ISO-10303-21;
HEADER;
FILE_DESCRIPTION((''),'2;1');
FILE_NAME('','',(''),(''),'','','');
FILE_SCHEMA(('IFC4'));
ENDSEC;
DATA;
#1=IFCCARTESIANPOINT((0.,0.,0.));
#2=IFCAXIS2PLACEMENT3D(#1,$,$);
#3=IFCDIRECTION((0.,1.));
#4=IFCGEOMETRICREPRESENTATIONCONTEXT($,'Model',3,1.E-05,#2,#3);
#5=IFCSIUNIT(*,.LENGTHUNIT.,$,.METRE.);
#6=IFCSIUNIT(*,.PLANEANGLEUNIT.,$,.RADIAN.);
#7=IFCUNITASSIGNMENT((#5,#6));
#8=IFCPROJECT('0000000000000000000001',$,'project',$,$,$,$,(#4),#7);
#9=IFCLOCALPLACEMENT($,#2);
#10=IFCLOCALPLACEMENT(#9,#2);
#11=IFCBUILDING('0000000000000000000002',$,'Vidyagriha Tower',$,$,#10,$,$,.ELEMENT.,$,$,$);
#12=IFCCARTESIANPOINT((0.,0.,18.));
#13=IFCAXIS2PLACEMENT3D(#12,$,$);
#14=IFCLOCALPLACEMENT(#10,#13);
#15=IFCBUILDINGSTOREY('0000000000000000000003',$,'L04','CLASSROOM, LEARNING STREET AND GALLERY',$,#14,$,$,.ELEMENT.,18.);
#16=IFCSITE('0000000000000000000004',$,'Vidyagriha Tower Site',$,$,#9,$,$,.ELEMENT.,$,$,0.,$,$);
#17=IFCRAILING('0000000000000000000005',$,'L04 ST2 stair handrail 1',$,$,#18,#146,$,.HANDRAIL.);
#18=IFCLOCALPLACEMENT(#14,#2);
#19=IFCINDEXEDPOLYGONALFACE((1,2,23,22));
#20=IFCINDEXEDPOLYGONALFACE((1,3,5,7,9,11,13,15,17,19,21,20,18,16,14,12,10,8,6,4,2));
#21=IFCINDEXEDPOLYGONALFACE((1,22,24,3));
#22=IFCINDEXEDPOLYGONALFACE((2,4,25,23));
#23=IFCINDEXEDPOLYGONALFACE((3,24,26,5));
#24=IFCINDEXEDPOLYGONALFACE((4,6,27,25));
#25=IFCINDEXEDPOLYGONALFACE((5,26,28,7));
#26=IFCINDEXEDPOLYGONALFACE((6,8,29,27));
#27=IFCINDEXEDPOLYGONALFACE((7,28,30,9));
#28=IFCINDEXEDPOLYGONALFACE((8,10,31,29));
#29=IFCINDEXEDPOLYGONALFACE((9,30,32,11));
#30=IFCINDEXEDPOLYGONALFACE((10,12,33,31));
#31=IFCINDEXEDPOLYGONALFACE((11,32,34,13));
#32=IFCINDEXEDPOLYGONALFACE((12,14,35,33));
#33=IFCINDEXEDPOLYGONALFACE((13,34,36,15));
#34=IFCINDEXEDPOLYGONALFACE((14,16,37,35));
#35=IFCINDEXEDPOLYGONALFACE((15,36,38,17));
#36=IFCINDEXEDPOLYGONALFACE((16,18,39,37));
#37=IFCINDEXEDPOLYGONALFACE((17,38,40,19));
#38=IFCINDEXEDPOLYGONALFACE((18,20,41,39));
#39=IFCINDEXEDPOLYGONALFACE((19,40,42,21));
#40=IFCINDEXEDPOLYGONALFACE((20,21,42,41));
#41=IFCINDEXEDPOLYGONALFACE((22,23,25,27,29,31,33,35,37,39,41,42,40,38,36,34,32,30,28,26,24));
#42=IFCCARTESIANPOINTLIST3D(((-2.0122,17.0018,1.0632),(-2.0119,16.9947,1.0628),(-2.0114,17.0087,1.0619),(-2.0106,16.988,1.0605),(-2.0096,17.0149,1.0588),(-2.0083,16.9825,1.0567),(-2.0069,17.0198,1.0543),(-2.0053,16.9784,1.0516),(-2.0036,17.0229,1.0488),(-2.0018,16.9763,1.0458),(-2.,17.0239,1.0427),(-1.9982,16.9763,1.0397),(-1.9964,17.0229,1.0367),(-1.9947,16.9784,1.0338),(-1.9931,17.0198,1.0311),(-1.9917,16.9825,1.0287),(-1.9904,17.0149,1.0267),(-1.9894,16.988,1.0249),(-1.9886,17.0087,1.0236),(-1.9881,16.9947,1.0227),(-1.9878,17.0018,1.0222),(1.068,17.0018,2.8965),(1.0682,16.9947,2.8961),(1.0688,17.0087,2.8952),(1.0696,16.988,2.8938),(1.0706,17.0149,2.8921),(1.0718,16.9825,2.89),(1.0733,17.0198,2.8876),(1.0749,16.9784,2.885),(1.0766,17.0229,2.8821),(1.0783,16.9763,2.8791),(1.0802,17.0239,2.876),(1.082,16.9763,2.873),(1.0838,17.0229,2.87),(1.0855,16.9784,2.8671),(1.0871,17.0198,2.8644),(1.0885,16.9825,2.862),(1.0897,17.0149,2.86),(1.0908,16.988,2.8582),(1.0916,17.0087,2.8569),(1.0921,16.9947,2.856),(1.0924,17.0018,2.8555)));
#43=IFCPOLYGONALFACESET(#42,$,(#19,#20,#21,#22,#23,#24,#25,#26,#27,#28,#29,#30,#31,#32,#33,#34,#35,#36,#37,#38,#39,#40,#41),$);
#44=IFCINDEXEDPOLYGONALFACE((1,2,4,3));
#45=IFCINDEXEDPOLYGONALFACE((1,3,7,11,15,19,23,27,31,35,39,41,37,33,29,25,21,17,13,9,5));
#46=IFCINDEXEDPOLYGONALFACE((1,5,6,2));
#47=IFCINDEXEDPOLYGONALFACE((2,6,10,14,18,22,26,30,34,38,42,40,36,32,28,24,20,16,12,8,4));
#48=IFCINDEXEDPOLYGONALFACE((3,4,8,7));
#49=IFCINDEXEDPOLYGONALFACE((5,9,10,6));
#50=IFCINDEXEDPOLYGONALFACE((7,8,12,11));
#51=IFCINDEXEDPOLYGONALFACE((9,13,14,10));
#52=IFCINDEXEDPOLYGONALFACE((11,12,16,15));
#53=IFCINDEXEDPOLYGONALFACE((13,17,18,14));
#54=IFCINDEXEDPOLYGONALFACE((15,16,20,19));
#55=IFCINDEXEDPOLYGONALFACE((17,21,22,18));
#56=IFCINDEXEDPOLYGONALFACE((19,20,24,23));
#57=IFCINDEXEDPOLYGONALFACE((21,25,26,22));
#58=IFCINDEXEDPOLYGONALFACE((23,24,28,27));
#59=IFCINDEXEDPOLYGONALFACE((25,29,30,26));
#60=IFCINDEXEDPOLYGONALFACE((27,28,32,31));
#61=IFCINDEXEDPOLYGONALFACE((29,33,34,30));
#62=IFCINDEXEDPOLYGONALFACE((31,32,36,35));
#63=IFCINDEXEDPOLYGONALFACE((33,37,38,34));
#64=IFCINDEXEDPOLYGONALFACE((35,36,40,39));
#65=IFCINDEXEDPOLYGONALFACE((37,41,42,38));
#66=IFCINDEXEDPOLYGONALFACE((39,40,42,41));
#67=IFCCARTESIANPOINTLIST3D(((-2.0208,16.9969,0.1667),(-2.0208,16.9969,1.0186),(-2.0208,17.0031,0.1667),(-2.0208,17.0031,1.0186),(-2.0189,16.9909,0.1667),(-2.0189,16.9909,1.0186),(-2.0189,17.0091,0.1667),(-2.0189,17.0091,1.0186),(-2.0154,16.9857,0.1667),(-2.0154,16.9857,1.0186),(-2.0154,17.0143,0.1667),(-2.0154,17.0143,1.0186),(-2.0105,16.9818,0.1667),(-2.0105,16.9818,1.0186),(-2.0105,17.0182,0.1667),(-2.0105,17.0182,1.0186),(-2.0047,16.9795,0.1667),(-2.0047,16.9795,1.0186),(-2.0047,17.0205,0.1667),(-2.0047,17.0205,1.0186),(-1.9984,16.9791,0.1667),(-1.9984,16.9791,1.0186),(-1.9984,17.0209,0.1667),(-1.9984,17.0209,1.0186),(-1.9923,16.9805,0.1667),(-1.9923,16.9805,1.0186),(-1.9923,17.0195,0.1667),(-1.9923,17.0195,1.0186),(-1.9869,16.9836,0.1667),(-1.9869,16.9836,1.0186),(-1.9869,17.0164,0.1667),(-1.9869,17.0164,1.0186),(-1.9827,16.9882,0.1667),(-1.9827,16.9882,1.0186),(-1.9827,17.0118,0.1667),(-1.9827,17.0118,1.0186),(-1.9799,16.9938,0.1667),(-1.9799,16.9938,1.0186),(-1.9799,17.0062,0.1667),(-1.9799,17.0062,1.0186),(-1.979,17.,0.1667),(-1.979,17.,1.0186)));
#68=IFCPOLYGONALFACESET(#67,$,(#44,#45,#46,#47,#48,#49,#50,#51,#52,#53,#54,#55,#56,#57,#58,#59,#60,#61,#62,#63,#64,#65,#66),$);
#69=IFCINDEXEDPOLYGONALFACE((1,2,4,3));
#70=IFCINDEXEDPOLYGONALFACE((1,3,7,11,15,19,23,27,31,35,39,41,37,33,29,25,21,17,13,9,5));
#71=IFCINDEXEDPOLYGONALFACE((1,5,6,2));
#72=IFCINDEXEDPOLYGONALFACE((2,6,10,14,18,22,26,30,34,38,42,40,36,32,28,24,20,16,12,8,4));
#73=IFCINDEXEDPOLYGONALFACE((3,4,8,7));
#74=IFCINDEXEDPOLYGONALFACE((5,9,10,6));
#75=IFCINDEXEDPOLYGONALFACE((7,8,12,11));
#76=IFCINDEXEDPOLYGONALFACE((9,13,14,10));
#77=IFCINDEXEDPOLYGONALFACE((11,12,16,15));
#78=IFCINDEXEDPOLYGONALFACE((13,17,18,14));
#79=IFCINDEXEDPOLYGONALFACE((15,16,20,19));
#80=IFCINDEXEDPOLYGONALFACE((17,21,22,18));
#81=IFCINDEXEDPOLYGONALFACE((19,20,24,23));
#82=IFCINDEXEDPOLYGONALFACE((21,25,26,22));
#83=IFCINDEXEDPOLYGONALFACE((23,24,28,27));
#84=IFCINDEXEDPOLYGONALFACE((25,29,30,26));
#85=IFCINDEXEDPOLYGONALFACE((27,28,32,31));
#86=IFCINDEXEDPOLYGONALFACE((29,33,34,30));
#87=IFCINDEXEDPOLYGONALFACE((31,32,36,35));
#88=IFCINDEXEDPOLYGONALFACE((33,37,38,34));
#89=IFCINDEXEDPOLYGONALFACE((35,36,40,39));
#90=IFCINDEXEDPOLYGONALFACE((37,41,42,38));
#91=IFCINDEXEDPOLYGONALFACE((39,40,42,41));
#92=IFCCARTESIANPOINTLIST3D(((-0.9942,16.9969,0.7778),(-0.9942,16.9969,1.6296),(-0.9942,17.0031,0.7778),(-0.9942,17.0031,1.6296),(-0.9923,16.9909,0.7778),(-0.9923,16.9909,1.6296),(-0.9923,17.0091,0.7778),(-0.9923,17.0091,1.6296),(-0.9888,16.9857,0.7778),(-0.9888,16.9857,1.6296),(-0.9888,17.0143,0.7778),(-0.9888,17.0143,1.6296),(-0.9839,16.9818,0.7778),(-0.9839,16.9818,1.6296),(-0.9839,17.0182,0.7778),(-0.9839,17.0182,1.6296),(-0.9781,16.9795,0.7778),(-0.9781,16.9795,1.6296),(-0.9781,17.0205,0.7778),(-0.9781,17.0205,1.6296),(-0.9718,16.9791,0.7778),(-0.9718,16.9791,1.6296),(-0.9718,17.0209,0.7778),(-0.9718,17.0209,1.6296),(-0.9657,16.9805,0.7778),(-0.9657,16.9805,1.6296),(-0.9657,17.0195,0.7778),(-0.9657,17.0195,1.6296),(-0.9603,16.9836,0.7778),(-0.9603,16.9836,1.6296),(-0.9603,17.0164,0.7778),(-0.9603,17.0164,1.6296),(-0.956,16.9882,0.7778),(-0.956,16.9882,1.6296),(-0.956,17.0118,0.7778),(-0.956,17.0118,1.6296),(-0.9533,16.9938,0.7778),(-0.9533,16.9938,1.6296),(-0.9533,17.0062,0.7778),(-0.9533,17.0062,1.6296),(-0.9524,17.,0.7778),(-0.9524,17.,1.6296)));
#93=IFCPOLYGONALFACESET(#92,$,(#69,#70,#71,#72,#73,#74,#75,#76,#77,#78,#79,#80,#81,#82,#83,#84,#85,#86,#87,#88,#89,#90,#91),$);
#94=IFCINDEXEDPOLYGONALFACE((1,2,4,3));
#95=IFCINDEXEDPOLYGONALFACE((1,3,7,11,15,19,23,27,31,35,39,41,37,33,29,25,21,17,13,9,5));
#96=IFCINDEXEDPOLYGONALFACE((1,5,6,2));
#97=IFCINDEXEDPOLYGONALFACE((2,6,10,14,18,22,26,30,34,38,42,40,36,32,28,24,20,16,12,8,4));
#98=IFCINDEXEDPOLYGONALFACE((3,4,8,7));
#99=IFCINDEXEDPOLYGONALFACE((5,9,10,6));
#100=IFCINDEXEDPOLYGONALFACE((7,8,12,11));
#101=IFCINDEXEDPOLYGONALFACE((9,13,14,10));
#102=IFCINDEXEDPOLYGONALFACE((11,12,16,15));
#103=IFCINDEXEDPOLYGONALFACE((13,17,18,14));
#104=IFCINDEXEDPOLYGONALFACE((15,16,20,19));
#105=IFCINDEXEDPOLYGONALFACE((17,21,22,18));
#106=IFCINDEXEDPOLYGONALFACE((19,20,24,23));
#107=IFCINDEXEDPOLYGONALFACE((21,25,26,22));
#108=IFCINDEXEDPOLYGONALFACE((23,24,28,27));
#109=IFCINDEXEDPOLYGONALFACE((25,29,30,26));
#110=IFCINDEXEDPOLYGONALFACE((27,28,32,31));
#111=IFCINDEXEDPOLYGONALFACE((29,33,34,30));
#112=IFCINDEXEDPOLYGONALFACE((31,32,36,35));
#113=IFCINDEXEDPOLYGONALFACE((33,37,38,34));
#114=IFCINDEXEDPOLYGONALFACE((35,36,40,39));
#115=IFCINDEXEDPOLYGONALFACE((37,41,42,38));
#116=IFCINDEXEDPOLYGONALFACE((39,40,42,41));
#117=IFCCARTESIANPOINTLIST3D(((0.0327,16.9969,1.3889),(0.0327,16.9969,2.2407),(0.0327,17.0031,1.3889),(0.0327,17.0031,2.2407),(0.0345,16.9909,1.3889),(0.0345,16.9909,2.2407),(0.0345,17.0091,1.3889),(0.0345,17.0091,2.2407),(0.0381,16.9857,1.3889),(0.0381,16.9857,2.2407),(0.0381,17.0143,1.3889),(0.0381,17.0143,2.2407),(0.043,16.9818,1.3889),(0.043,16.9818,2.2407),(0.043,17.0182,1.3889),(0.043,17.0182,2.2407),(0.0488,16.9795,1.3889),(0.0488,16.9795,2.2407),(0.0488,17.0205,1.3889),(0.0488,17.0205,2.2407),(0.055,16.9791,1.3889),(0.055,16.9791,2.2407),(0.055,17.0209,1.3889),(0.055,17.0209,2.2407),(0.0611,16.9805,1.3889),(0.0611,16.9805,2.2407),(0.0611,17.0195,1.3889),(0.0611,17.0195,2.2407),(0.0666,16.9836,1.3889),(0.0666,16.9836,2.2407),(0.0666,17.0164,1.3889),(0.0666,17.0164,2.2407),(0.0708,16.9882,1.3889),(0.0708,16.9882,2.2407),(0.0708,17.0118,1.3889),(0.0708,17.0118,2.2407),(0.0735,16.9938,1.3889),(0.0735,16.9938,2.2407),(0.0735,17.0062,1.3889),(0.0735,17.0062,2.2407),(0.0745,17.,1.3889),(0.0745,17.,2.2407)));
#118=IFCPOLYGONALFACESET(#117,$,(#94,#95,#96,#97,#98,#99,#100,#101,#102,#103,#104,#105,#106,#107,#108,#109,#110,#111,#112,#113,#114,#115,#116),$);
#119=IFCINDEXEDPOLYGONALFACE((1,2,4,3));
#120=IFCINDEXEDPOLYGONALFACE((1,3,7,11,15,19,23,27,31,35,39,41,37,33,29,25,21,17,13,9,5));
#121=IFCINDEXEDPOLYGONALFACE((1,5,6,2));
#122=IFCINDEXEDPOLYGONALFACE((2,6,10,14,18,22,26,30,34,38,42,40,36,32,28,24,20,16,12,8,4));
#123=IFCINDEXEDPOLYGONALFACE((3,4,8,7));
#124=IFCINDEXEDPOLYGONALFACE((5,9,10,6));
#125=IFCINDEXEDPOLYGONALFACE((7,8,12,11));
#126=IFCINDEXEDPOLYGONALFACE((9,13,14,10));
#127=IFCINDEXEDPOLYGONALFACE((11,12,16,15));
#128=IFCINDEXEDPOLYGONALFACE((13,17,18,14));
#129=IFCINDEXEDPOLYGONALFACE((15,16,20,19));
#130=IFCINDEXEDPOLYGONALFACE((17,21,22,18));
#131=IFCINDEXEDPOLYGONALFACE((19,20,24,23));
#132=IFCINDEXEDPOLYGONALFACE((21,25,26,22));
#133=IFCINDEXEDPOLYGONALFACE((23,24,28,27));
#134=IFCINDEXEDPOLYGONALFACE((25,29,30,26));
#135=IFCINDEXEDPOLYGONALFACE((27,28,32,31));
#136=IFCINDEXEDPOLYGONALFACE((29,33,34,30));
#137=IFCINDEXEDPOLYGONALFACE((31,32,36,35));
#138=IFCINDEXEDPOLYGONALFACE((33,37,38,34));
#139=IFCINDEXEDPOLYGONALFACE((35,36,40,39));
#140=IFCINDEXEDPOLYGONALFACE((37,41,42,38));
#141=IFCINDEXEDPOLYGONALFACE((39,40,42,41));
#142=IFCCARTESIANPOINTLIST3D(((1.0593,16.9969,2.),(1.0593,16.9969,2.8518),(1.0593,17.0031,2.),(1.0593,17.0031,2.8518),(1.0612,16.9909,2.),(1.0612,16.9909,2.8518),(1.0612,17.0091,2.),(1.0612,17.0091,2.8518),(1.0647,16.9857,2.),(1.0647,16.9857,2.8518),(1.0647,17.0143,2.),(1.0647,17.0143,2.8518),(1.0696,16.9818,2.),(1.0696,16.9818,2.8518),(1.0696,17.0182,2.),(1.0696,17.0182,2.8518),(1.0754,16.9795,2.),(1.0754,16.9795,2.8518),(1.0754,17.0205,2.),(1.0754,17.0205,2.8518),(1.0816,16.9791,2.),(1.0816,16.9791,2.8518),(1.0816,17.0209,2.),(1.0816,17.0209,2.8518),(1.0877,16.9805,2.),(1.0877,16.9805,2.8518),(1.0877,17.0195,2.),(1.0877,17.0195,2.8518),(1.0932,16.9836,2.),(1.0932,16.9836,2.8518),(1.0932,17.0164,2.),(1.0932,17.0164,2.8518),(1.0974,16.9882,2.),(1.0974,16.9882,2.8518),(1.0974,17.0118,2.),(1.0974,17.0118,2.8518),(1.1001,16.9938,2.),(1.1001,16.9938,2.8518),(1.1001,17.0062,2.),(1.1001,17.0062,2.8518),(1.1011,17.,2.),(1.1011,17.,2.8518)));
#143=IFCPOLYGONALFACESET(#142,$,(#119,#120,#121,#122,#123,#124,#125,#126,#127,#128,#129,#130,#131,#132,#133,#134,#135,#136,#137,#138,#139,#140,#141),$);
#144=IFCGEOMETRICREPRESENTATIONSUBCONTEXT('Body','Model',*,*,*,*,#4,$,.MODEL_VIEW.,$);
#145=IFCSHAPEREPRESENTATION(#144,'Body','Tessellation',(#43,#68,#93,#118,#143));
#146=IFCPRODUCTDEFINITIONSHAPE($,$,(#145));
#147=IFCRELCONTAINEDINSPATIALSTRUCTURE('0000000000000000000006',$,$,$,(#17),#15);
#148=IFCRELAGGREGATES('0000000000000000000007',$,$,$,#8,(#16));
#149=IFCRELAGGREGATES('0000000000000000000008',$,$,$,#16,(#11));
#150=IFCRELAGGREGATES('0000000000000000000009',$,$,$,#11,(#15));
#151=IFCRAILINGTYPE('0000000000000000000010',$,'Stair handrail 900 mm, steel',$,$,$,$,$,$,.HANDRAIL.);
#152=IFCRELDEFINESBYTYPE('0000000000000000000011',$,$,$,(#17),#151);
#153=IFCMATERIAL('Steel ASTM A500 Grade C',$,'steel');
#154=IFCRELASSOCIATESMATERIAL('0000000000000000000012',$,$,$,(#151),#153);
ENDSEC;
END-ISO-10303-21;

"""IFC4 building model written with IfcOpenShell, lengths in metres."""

from ifc_helpers import new_model, si_unit, direction, frame, origin, origin_2d, place, context, subcontext, project, spatial, circle, extrude, material, type_object, element, save


model = new_model("IFC4")

# Units and contexts
model_context = context("Model", 3, precision=1e-05, world=origin(), true_north=direction((0.0, 1.0)))
body_context = subcontext(model_context, "Body", "Model", "MODEL_VIEW")
ifc_project = project(units=[si_unit("LENGTHUNIT", "METRE"), si_unit("PLANEANGLEUNIT", "RADIAN")], contexts=[model_context])

# Site, building, storey
site_placement = place(None, origin())
site = spatial("IfcSite", under=ifc_project, at=site_placement, Name="Vidyagriha Tower Site", CompositionType="ELEMENT", RefElevation=0.0)
building_placement = place(site_placement, origin())
building = spatial("IfcBuilding", under=site, at=building_placement, Name="Vidyagriha Tower", CompositionType="ELEMENT")
storey_placement = place(building_placement, frame((0.0, 0.0, 18.0)))
storey = spatial("IfcBuildingStorey", under=building, at=storey_placement, Name="L04", Description="CLASSROOM, LEARNING STREET AND GALLERY", CompositionType="ELEMENT", Elevation=18.0)

# Railing
ifc_material_1 = material(Name="Steel ASTM A500 Grade C", Category="steel")
railing_type_1 = type_object("IfcRailingType", Name="Stair handrail 900 mm, steel", PredefinedType="HANDRAIL", material=ifc_material_1)
railing_1_placement = place(storey_placement, frame((-2.0, 17.0, 0.1667)))
element("IfcRailing", 1, at=railing_1_placement, inside=storey, type_object=railing_type_1, Name="L04 ST2 stair handrail 1", PredefinedType="HANDRAIL", context=body_context, shape_type="SweptSolid", body=[
    extrude(circle(Radius=0.0239, at=origin_2d()), frame((0.0, 0.0, 0.876), z_axis=(0.859309, 0.0, 0.511458), x_axis=(0.0, 1.0, 0.0)), (0.0, 0.0, 1.0), 3.5845),
    extrude(circle(Radius=0.021, at=origin_2d()), origin(), (0.0, 0.0, 1.0), 0.8518),
    extrude(circle(Radius=0.021, at=origin_2d()), frame((1.0266, 0.0, 0.6111)), (0.0, 0.0, 1.0), 0.8518),
    extrude(circle(Radius=0.021, at=origin_2d()), frame((2.0535, 0.0, 1.2222)), (0.0, 0.0, 1.0), 0.8518),
    extrude(circle(Radius=0.021, at=origin_2d()), frame((3.0801, 0.0, 1.8333)), (0.0, 0.0, 1.0), 0.8518),
])

save(model, "model.ifc")
